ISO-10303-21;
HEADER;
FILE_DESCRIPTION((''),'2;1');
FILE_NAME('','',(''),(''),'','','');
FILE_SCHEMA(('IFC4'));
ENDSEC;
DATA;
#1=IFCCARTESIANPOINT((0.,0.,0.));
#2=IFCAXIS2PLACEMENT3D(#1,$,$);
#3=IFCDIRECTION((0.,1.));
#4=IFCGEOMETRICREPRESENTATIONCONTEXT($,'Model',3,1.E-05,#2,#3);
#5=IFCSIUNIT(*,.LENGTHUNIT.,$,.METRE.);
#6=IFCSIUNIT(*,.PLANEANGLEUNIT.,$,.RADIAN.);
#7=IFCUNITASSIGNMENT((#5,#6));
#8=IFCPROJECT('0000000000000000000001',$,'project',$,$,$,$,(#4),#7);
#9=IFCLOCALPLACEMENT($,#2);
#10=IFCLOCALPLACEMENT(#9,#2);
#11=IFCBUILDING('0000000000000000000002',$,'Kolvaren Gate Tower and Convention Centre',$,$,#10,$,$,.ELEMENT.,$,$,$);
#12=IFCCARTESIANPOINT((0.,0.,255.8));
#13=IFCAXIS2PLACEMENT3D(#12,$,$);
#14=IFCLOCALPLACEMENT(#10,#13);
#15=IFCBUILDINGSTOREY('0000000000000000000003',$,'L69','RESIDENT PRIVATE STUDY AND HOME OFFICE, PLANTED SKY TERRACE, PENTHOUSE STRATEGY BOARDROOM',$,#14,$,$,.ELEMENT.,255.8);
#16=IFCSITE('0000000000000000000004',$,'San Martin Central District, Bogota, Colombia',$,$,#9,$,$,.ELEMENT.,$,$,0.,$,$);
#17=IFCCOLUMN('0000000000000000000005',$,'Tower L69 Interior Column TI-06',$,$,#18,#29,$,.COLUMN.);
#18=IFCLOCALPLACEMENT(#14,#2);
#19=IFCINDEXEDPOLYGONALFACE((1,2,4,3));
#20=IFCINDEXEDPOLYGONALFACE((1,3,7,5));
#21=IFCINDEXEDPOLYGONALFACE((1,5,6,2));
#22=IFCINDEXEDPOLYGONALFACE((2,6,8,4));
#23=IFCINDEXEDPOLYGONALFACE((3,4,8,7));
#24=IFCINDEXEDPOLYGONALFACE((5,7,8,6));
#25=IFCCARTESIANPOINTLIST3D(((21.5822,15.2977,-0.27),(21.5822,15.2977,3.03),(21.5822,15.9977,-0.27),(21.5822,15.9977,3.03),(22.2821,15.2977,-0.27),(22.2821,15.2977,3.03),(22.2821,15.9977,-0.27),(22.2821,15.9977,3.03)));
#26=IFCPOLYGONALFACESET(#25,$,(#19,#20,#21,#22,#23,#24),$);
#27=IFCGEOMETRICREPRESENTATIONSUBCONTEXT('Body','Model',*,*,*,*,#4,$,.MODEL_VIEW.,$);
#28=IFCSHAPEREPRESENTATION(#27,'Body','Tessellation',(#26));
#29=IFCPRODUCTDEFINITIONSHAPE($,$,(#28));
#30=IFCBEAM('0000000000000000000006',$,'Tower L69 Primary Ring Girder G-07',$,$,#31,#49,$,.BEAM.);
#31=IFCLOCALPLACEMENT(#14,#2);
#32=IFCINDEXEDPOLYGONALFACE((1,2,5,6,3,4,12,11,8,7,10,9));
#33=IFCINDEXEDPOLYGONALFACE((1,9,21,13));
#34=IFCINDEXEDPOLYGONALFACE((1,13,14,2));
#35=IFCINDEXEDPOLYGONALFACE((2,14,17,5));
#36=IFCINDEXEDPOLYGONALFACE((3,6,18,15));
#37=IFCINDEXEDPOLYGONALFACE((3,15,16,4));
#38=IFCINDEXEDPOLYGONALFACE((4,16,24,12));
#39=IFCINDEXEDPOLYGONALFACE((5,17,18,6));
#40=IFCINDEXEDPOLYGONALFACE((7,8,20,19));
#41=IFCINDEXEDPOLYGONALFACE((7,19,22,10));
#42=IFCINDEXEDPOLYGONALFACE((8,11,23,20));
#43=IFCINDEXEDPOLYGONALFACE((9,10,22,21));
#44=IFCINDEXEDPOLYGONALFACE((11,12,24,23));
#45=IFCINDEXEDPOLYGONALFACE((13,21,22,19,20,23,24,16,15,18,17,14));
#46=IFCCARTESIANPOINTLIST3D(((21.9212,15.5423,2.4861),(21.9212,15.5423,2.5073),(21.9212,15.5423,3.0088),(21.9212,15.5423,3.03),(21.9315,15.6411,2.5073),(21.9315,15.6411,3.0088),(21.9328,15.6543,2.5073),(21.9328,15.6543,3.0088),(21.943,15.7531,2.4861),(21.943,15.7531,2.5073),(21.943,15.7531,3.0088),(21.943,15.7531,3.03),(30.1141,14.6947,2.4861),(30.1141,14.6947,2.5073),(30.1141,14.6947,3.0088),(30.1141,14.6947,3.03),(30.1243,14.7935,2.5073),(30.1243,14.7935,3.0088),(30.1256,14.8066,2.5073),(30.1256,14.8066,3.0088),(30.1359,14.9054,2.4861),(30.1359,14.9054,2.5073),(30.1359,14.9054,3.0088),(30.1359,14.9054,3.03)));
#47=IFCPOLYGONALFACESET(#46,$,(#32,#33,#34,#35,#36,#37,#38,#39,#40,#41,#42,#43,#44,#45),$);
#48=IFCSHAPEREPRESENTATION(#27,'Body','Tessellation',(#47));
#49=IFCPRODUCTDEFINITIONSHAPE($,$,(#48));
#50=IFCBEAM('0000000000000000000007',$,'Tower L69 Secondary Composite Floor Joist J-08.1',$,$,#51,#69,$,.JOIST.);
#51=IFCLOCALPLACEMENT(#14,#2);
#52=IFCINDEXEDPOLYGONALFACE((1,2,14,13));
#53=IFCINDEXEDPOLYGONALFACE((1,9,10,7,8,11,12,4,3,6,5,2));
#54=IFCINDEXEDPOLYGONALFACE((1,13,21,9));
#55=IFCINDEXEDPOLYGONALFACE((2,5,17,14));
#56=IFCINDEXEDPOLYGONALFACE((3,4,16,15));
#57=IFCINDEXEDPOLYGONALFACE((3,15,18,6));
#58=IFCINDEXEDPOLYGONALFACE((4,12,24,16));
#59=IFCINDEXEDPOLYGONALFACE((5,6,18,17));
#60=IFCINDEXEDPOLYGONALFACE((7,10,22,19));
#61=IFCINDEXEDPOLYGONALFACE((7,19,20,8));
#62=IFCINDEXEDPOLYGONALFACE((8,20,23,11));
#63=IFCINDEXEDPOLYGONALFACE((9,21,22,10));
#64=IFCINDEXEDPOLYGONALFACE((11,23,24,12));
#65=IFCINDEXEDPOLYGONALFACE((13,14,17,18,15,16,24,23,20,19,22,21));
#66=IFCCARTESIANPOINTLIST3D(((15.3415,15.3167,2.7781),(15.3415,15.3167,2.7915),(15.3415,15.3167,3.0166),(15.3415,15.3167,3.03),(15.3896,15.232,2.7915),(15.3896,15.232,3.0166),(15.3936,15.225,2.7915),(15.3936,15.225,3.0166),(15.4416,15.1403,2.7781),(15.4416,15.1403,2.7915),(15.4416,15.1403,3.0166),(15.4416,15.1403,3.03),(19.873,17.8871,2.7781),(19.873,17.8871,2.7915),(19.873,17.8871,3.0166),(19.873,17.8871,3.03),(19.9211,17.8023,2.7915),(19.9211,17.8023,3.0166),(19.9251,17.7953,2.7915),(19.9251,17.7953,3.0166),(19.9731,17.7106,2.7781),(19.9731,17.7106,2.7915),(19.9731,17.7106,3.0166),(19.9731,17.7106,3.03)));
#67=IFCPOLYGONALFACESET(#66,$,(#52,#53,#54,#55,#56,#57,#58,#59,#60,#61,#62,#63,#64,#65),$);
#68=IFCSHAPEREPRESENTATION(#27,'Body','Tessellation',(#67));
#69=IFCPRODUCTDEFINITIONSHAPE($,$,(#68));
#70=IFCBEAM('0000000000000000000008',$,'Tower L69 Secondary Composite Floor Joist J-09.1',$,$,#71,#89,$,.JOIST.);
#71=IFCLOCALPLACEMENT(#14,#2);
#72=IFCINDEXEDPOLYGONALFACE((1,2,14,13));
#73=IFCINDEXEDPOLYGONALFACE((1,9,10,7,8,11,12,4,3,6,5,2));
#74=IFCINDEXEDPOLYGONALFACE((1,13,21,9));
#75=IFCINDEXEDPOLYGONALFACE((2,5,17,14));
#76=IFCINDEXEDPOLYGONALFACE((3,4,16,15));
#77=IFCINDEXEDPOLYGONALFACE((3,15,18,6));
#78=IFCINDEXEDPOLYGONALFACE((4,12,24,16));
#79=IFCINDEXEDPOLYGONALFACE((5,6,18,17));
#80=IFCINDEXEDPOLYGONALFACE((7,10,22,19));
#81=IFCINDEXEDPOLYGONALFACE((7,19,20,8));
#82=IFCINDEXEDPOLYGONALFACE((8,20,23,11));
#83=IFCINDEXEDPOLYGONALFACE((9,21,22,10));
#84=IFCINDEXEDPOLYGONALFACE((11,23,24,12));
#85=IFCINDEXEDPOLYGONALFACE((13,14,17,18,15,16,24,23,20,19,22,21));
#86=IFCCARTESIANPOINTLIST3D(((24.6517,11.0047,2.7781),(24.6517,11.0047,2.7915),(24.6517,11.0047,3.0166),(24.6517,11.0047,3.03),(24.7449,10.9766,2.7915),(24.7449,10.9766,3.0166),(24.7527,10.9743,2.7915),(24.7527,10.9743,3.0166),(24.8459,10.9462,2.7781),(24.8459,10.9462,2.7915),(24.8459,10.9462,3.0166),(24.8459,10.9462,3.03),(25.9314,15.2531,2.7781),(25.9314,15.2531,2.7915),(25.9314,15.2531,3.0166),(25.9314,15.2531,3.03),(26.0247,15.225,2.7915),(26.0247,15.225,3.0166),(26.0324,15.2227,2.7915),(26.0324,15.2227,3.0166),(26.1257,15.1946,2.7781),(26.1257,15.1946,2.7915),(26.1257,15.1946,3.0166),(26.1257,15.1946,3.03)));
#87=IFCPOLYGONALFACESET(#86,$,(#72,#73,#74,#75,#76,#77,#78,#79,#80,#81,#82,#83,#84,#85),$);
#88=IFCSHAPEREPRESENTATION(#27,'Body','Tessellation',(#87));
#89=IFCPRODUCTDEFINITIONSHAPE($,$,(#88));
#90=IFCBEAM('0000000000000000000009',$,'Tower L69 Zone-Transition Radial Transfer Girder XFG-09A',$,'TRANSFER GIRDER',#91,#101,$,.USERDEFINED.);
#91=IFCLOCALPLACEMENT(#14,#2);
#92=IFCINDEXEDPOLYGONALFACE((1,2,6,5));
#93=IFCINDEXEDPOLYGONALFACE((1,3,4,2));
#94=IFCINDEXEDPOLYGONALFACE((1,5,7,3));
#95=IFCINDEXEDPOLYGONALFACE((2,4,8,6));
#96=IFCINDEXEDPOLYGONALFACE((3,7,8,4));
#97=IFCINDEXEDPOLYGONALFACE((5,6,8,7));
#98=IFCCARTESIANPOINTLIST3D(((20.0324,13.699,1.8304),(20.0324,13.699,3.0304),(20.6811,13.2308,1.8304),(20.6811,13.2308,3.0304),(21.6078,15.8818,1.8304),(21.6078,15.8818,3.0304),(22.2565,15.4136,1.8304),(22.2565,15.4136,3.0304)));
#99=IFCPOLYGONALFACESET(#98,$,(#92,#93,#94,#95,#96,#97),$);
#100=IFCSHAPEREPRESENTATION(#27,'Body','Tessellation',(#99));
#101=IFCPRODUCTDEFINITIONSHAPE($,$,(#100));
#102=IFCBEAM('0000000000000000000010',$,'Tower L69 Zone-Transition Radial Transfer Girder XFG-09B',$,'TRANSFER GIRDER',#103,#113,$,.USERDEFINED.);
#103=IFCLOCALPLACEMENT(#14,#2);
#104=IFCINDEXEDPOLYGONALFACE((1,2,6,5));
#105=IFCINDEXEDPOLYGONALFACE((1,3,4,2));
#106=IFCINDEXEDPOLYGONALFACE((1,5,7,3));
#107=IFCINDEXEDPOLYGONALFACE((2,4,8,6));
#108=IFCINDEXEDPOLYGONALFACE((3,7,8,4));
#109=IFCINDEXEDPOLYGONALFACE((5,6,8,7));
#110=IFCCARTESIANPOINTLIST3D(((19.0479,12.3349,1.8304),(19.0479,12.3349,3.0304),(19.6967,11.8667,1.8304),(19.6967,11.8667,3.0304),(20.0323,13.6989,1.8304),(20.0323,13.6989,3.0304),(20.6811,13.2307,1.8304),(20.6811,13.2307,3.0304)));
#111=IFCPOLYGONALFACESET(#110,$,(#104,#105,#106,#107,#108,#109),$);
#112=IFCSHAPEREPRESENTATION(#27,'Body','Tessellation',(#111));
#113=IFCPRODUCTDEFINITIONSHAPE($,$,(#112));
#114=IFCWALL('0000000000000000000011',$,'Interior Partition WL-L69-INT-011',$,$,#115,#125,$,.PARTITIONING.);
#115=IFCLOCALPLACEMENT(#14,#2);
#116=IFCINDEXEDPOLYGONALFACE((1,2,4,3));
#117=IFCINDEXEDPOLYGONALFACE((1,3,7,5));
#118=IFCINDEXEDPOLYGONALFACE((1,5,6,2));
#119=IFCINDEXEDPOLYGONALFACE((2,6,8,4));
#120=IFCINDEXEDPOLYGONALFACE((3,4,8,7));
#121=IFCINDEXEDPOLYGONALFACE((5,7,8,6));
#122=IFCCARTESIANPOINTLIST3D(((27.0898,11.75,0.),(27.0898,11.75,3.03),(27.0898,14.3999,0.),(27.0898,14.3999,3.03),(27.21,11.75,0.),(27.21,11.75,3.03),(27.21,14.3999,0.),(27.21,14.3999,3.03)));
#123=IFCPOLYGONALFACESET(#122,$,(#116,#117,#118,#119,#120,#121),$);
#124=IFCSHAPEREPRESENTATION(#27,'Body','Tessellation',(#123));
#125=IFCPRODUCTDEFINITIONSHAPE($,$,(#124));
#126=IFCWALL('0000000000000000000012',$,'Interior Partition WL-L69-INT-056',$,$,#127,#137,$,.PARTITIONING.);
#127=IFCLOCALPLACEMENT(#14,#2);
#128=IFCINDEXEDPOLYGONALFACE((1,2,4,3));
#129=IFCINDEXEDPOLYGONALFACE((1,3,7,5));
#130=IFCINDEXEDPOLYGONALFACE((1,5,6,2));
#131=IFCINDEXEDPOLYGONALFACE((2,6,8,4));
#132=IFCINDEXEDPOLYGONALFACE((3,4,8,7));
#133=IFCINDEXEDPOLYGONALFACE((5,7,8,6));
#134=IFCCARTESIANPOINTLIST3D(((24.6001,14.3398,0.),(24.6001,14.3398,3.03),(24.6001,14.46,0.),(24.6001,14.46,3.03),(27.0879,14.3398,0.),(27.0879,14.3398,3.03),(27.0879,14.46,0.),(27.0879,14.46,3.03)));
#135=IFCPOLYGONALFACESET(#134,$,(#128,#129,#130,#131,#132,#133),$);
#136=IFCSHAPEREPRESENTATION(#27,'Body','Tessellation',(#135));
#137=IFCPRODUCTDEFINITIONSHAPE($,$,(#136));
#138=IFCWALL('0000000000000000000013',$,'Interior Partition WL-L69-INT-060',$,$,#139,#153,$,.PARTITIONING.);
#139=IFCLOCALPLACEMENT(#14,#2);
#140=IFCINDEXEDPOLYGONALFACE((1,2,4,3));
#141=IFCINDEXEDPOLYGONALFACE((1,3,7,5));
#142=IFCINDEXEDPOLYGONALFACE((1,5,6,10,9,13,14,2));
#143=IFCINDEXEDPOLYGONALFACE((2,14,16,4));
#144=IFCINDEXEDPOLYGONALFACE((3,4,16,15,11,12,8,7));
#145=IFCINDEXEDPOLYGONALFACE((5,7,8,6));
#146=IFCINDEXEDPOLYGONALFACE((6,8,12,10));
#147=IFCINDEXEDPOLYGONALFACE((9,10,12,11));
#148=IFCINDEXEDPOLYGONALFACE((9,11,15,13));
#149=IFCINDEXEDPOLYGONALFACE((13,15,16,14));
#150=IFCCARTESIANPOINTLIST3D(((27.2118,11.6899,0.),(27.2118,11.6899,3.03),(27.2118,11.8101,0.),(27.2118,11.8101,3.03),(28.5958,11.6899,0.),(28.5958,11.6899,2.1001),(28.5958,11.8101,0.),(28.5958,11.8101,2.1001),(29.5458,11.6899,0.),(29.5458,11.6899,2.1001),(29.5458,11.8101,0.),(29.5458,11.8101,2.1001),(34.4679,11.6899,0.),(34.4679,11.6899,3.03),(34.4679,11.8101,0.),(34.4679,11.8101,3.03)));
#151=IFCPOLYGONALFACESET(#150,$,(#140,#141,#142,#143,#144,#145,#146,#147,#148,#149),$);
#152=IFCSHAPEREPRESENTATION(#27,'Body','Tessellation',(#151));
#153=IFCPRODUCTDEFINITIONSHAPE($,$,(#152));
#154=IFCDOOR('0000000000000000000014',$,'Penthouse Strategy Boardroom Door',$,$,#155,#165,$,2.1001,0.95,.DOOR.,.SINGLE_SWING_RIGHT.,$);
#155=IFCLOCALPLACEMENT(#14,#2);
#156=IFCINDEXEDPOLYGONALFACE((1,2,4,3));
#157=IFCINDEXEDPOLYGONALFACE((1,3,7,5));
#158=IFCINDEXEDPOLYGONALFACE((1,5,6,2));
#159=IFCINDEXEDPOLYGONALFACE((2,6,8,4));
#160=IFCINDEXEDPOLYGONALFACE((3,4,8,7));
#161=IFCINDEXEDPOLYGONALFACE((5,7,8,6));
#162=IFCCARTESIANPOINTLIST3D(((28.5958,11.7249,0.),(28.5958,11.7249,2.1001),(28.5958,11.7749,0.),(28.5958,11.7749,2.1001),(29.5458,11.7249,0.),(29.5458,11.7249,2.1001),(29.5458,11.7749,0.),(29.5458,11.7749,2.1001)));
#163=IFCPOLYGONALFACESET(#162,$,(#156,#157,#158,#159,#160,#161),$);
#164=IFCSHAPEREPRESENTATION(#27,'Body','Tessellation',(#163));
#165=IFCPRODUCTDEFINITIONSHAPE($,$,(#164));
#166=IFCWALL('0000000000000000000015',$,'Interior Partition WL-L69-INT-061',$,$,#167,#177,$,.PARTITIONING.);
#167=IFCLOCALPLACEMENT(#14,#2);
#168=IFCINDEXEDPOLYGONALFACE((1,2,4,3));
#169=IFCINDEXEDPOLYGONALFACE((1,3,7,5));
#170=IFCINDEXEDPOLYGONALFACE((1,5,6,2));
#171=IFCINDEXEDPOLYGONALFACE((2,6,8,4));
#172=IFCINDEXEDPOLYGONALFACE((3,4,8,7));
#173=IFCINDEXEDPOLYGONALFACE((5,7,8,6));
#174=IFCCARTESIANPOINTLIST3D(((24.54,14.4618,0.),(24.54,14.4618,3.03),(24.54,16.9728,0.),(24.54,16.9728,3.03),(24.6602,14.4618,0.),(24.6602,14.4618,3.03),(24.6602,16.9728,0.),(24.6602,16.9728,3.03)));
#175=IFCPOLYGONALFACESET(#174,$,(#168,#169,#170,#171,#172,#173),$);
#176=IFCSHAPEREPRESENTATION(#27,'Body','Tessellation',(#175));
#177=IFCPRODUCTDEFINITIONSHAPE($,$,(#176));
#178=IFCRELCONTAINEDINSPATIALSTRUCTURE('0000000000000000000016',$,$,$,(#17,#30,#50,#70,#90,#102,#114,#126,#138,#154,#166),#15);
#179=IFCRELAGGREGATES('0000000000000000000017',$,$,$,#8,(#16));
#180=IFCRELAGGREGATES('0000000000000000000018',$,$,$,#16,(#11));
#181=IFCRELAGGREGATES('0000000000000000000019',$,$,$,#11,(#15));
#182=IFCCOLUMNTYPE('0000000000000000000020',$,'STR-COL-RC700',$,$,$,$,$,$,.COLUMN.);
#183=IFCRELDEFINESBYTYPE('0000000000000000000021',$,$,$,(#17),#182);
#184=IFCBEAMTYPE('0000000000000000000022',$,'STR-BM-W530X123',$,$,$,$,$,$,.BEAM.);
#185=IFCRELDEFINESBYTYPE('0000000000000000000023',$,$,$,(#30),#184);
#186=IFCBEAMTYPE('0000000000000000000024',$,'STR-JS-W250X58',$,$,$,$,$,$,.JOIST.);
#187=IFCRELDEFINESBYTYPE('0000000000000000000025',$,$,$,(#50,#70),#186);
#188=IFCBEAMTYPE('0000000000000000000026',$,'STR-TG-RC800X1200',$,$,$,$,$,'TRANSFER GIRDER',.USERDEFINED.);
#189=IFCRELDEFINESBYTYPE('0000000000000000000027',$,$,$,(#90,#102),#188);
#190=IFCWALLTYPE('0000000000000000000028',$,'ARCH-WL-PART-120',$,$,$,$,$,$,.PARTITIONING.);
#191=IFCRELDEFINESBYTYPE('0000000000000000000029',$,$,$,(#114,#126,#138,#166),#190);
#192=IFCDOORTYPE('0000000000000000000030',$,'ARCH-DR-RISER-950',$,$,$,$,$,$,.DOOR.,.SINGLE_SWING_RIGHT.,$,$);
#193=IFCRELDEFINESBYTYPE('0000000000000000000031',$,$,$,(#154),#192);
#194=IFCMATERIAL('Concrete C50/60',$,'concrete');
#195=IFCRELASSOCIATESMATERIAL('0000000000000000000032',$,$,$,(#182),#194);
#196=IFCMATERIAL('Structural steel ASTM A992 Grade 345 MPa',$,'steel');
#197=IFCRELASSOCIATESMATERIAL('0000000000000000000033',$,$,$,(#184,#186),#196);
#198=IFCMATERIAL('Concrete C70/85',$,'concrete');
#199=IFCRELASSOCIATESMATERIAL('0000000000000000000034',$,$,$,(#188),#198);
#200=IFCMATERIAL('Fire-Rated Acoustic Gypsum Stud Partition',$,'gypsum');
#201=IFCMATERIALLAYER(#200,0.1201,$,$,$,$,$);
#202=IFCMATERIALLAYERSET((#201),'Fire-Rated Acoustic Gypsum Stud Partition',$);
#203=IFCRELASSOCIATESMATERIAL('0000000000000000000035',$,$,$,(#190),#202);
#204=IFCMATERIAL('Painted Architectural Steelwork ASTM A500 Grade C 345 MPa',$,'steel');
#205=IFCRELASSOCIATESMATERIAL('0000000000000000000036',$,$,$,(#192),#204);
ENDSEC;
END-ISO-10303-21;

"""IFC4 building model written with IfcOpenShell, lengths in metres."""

from ifc_helpers import new_model, si_unit, direction, frame, frame_2d, origin, origin_2d, place, context, subcontext, project, spatial, rectangle, i_section, extrude, material, layer, layer_set, material_profile, profile_set, type_object, element, fill, save


model = new_model("IFC4")

# Units and contexts
model_context = context("Model", 3, precision=1e-05, world=origin(), true_north=direction((0.0, 1.0)))
body_context = subcontext(model_context, "Body", "Model", "MODEL_VIEW")
ifc_project = project(units=[si_unit("LENGTHUNIT", "METRE"), si_unit("PLANEANGLEUNIT", "RADIAN")], contexts=[model_context])

# Site, building, storey
site_placement = place(None, origin())
site = spatial("IfcSite", under=ifc_project, at=site_placement, Name="San Martin Central District, Bogota, Colombia", CompositionType="ELEMENT", RefElevation=0.0)
building_placement = place(site_placement, origin())
building = spatial("IfcBuilding", under=site, at=building_placement, Name="Kolvaren Gate Tower and Convention Centre", CompositionType="ELEMENT")
storey_placement = place(building_placement, frame((0.0, 0.0, 255.8)))
storey = spatial("IfcBuildingStorey", under=building, at=storey_placement, Name="L69", Description="RESIDENT PRIVATE STUDY AND HOME OFFICE, PLANTED SKY TERRACE, PENTHOUSE STRATEGY BOARDROOM", CompositionType="ELEMENT", Elevation=255.8)

# Column
ifc_material_1 = material(Name="Concrete C50/60", Category="concrete")
ifc_material_profile_1 = material_profile(ifc_material_1, rectangle(XDim=0.7, YDim=0.7, at=origin_2d()), Name="RC-COL-700X700")
ifc_profile_set_1 = profile_set([ifc_material_profile_1], Name="Concrete C50/60")
column_type = type_object("IfcColumnType", Name="STR-COL-RC700", PredefinedType="COLUMN", material=ifc_profile_set_1)
column_placement = place(storey_placement, frame((21.9321, 15.6477, -0.27), z_axis=(0.0, 0.0, 1.0), x_axis=(1.0, 0.0, 0.0)))
element("IfcColumn", 1, at=column_placement, inside=storey, type_object=column_type, Name="Tower L69 Interior Column TI-06", PredefinedType="COLUMN", context=body_context, shape_type="SweptSolid", body=[
    extrude(rectangle(XDim=0.7, YDim=0.7, at=origin_2d()), origin(), (0.0, 0.0, 1.0), 3.3),
])

# Beams
ifc_material_2 = material(Name="Structural steel ASTM A992 Grade 345 MPa", Category="steel")
ifc_material_profile_2 = material_profile(ifc_material_2, i_section(OverallWidth=0.2119, OverallDepth=0.5439, WebThickness=0.0132, FlangeThickness=0.0212, at=origin_2d()), Name="W530X123")
ifc_profile_set_2 = profile_set([ifc_material_profile_2], Name="Structural steel ASTM A992 Grade 345 MPa")
beam_type_1 = type_object("IfcBeamType", Name="STR-BM-W530X123", PredefinedType="BEAM", material=ifc_profile_set_2)
beam_1_placement = place(storey_placement, frame((21.9321, 15.6477, 2.7581), z_axis=(0.99469, -0.102913, 0.0), x_axis=(0.102913, 0.99469, 0.0)))
element("IfcBeam", 2, at=beam_1_placement, inside=storey, type_object=beam_type_1, Name="Tower L69 Primary Ring Girder G-07", PredefinedType="BEAM", context=body_context, shape_type="SweptSolid", body=[
    extrude(i_section(OverallWidth=0.2119, OverallDepth=0.5439, WebThickness=0.0132, FlangeThickness=0.0212, at=origin_2d()), origin(), (0.0, 0.0, 1.0), 8.2366),
])
ifc_material_profile_3 = material_profile(ifc_material_2, i_section(OverallWidth=0.2029, OverallDepth=0.252, WebThickness=0.0081, FlangeThickness=0.0134, at=origin_2d()), Name="W250X58")
ifc_profile_set_3 = profile_set([ifc_material_profile_3], Name="Structural steel ASTM A992 Grade 345 MPa")
beam_type_2 = type_object("IfcBeamType", Name="STR-JS-W250X58", PredefinedType="JOIST", material=ifc_profile_set_3)
beam_2_placement = place(storey_placement, frame((19.9231, 17.7988, 2.9041), z_axis=(-0.869819, -0.493371, 0.0), x_axis=(0.493371, -0.869819, 0.0)))
element("IfcBeam", 3, at=beam_2_placement, inside=storey, type_object=beam_type_2, Name="Tower L69 Secondary Composite Floor Joist J-08.1", PredefinedType="JOIST", context=body_context, shape_type="SweptSolid", body=[
    extrude(i_section(OverallWidth=0.2029, OverallDepth=0.252, WebThickness=0.0081, FlangeThickness=0.0134, at=origin_2d()), origin(), (0.0, 0.0, 1.0), 5.2097),
])
beam_3_placement = place(storey_placement, frame((26.0286, 15.2239, 2.9041), z_axis=(-0.288428, -0.957502, 0.0), x_axis=(0.957502, -0.288428, 0.0)))
element("IfcBeam", 4, at=beam_3_placement, inside=storey, type_object=beam_type_2, Name="Tower L69 Secondary Composite Floor Joist J-09.1", PredefinedType="JOIST", context=body_context, shape_type="SweptSolid", body=[
    extrude(i_section(OverallWidth=0.2029, OverallDepth=0.252, WebThickness=0.0081, FlangeThickness=0.0134, at=origin_2d()), origin(), (0.0, 0.0, 1.0), 4.437),
])
ifc_material_3 = material(Name="Concrete C70/85", Category="concrete")
ifc_material_profile_4 = material_profile(ifc_material_3, rectangle(XDim=0.8, YDim=1.2, at=origin_2d()), Name="RC-BM-800X1200")
ifc_profile_set_4 = profile_set([ifc_material_profile_4], Name="Concrete C70/85")
beam_type_3 = type_object("IfcBeamType", Name="STR-TG-RC800X1200", ElementType="TRANSFER GIRDER", PredefinedType="USERDEFINED", material=ifc_profile_set_4)
beam_4_placement = place(storey_placement, frame((21.9321, 15.6477, 2.4304), z_axis=(-0.585229, -0.810868, 0.0), x_axis=(0.810868, -0.585229, 0.0)))
element("IfcBeam", 5, at=beam_4_placement, inside=storey, type_object=beam_type_3, Name="Tower L69 Zone-Transition Radial Transfer Girder XFG-09A", ObjectType="TRANSFER GIRDER", PredefinedType="USERDEFINED", context=body_context, shape_type="SweptSolid", body=[
    extrude(rectangle(XDim=0.8, YDim=1.2, at=origin_2d()), origin(), (0.0, 0.0, 1.0), 2.6919),
])
beam_5_placement = place(storey_placement, frame((20.3567, 13.4648, 2.4304), z_axis=(-0.585199, -0.81089, 0.0), x_axis=(0.81089, -0.585199, 0.0)))
element("IfcBeam", 6, at=beam_5_placement, inside=storey, type_object=beam_type_3, Name="Tower L69 Zone-Transition Radial Transfer Girder XFG-09B", ObjectType="TRANSFER GIRDER", PredefinedType="USERDEFINED", context=body_context, shape_type="SweptSolid", body=[
    extrude(rectangle(XDim=0.8, YDim=1.2, at=origin_2d()), origin(), (0.0, 0.0, 1.0), 1.6821),
])

# Walls
ifc_material_4 = material(Name="Fire-Rated Acoustic Gypsum Stud Partition", Category="gypsum")
ifc_layer_1 = layer(ifc_material_4, 0.1201)
ifc_layer_set_1 = layer_set([ifc_layer_1], Name="Fire-Rated Acoustic Gypsum Stud Partition")
wall_type_1 = type_object("IfcWallType", Name="ARCH-WL-PART-120", PredefinedType="PARTITIONING", material=ifc_layer_set_1)
wall_1_placement = place(storey_placement, frame((27.1499, 11.75, 0.0), z_axis=(0.0, 0.0, 1.0), x_axis=(0.0, 1.0, 0.0)))
element("IfcWall", 7, at=wall_1_placement, inside=storey, type_object=wall_type_1, Name="Interior Partition WL-L69-INT-011", PredefinedType="PARTITIONING", context=body_context, shape_type="SweptSolid", body=[
    extrude(rectangle(XDim=2.6499, YDim=0.1201, at=frame_2d((1.325, 0.0))), origin(), (0.0, 0.0, 1.0), 3.03),
])
wall_2_placement = place(storey_placement, frame((24.6001, 14.3999, 0.0), z_axis=(0.0, 0.0, 1.0), x_axis=(1.0, 0.0, 0.0)))
element("IfcWall", 8, at=wall_2_placement, inside=storey, type_object=wall_type_1, Name="Interior Partition WL-L69-INT-056", PredefinedType="PARTITIONING", context=body_context, shape_type="SweptSolid", body=[
    extrude(rectangle(XDim=2.4878, YDim=0.1201, at=frame_2d((1.2439, 0.0))), origin(), (0.0, 0.0, 1.0), 3.03),
])

# Wall, opening, door
wall_3_placement = place(storey_placement, frame((27.2119, 11.75, 0.0), z_axis=(0.0, 0.0, 1.0), x_axis=(1.0, 0.0, 0.0)))
wall_3 = element("IfcWall", 9, at=wall_3_placement, inside=storey, type_object=wall_type_1, Name="Interior Partition WL-L69-INT-060", PredefinedType="PARTITIONING", context=body_context, shape_type="SweptSolid", body=[
    extrude(rectangle(XDim=7.2561, YDim=0.1201, at=frame_2d((3.6279, 0.0))), origin(), (0.0, 0.0, 1.0), 3.03),
])
opening_1_placement = place(wall_3_placement, frame((1.3838, 0.0, 0.0)))
opening_1 = element("IfcOpeningElement", 10, at=opening_1_placement, cuts=wall_3, PredefinedType="OPENING", context=body_context, shape_type="SweptSolid", body=[
    extrude(rectangle(XDim=0.95, YDim=2.1001, at=frame_2d((0.4751, 1.05))), frame((0.0, 0.0701, 0.0), z_axis=(0.0, -1.0, 0.0), x_axis=(1.0, 0.0, 0.0)), (0.0, 0.0, 1.0), 0.1401),
])
ifc_material_5 = material(Name="Painted Architectural Steelwork ASTM A500 Grade C 345 MPa", Category="steel")
door_type = type_object("IfcDoorType", Name="ARCH-DR-RISER-950", OperationType="SINGLE_SWING_RIGHT", PredefinedType="DOOR", material=ifc_material_5)
door_1_placement = place(opening_1_placement, origin())
door_1 = element("IfcDoor", 11, at=door_1_placement, inside=storey, type_object=door_type, Name="Penthouse Strategy Boardroom Door", OperationType="SINGLE_SWING_RIGHT", OverallHeight=2.1001, OverallWidth=0.95, PredefinedType="DOOR", context=body_context, shape_type="SweptSolid", body=[
    extrude(rectangle(XDim=0.95, YDim=2.1001, at=frame_2d((0.4751, 1.05))), frame((0.0, 0.0249, 0.0), z_axis=(0.0, -1.0, 0.0), x_axis=(1.0, 0.0, 0.0)), (0.0, 0.0, 1.0), 0.05),
])
fill(opening_1, door_1)

# Wall
wall_4_placement = place(storey_placement, frame((24.6001, 14.4619, 0.0), z_axis=(0.0, 0.0, 1.0), x_axis=(0.0, 1.0, 0.0)))
element("IfcWall", 12, at=wall_4_placement, inside=storey, type_object=wall_type_1, Name="Interior Partition WL-L69-INT-061", PredefinedType="PARTITIONING", context=body_context, shape_type="SweptSolid", body=[
    extrude(rectangle(XDim=2.511, YDim=0.1201, at=frame_2d((1.2554, 0.0))), origin(), (0.0, 0.0, 1.0), 3.03),
])

save(model, "model.ifc")
